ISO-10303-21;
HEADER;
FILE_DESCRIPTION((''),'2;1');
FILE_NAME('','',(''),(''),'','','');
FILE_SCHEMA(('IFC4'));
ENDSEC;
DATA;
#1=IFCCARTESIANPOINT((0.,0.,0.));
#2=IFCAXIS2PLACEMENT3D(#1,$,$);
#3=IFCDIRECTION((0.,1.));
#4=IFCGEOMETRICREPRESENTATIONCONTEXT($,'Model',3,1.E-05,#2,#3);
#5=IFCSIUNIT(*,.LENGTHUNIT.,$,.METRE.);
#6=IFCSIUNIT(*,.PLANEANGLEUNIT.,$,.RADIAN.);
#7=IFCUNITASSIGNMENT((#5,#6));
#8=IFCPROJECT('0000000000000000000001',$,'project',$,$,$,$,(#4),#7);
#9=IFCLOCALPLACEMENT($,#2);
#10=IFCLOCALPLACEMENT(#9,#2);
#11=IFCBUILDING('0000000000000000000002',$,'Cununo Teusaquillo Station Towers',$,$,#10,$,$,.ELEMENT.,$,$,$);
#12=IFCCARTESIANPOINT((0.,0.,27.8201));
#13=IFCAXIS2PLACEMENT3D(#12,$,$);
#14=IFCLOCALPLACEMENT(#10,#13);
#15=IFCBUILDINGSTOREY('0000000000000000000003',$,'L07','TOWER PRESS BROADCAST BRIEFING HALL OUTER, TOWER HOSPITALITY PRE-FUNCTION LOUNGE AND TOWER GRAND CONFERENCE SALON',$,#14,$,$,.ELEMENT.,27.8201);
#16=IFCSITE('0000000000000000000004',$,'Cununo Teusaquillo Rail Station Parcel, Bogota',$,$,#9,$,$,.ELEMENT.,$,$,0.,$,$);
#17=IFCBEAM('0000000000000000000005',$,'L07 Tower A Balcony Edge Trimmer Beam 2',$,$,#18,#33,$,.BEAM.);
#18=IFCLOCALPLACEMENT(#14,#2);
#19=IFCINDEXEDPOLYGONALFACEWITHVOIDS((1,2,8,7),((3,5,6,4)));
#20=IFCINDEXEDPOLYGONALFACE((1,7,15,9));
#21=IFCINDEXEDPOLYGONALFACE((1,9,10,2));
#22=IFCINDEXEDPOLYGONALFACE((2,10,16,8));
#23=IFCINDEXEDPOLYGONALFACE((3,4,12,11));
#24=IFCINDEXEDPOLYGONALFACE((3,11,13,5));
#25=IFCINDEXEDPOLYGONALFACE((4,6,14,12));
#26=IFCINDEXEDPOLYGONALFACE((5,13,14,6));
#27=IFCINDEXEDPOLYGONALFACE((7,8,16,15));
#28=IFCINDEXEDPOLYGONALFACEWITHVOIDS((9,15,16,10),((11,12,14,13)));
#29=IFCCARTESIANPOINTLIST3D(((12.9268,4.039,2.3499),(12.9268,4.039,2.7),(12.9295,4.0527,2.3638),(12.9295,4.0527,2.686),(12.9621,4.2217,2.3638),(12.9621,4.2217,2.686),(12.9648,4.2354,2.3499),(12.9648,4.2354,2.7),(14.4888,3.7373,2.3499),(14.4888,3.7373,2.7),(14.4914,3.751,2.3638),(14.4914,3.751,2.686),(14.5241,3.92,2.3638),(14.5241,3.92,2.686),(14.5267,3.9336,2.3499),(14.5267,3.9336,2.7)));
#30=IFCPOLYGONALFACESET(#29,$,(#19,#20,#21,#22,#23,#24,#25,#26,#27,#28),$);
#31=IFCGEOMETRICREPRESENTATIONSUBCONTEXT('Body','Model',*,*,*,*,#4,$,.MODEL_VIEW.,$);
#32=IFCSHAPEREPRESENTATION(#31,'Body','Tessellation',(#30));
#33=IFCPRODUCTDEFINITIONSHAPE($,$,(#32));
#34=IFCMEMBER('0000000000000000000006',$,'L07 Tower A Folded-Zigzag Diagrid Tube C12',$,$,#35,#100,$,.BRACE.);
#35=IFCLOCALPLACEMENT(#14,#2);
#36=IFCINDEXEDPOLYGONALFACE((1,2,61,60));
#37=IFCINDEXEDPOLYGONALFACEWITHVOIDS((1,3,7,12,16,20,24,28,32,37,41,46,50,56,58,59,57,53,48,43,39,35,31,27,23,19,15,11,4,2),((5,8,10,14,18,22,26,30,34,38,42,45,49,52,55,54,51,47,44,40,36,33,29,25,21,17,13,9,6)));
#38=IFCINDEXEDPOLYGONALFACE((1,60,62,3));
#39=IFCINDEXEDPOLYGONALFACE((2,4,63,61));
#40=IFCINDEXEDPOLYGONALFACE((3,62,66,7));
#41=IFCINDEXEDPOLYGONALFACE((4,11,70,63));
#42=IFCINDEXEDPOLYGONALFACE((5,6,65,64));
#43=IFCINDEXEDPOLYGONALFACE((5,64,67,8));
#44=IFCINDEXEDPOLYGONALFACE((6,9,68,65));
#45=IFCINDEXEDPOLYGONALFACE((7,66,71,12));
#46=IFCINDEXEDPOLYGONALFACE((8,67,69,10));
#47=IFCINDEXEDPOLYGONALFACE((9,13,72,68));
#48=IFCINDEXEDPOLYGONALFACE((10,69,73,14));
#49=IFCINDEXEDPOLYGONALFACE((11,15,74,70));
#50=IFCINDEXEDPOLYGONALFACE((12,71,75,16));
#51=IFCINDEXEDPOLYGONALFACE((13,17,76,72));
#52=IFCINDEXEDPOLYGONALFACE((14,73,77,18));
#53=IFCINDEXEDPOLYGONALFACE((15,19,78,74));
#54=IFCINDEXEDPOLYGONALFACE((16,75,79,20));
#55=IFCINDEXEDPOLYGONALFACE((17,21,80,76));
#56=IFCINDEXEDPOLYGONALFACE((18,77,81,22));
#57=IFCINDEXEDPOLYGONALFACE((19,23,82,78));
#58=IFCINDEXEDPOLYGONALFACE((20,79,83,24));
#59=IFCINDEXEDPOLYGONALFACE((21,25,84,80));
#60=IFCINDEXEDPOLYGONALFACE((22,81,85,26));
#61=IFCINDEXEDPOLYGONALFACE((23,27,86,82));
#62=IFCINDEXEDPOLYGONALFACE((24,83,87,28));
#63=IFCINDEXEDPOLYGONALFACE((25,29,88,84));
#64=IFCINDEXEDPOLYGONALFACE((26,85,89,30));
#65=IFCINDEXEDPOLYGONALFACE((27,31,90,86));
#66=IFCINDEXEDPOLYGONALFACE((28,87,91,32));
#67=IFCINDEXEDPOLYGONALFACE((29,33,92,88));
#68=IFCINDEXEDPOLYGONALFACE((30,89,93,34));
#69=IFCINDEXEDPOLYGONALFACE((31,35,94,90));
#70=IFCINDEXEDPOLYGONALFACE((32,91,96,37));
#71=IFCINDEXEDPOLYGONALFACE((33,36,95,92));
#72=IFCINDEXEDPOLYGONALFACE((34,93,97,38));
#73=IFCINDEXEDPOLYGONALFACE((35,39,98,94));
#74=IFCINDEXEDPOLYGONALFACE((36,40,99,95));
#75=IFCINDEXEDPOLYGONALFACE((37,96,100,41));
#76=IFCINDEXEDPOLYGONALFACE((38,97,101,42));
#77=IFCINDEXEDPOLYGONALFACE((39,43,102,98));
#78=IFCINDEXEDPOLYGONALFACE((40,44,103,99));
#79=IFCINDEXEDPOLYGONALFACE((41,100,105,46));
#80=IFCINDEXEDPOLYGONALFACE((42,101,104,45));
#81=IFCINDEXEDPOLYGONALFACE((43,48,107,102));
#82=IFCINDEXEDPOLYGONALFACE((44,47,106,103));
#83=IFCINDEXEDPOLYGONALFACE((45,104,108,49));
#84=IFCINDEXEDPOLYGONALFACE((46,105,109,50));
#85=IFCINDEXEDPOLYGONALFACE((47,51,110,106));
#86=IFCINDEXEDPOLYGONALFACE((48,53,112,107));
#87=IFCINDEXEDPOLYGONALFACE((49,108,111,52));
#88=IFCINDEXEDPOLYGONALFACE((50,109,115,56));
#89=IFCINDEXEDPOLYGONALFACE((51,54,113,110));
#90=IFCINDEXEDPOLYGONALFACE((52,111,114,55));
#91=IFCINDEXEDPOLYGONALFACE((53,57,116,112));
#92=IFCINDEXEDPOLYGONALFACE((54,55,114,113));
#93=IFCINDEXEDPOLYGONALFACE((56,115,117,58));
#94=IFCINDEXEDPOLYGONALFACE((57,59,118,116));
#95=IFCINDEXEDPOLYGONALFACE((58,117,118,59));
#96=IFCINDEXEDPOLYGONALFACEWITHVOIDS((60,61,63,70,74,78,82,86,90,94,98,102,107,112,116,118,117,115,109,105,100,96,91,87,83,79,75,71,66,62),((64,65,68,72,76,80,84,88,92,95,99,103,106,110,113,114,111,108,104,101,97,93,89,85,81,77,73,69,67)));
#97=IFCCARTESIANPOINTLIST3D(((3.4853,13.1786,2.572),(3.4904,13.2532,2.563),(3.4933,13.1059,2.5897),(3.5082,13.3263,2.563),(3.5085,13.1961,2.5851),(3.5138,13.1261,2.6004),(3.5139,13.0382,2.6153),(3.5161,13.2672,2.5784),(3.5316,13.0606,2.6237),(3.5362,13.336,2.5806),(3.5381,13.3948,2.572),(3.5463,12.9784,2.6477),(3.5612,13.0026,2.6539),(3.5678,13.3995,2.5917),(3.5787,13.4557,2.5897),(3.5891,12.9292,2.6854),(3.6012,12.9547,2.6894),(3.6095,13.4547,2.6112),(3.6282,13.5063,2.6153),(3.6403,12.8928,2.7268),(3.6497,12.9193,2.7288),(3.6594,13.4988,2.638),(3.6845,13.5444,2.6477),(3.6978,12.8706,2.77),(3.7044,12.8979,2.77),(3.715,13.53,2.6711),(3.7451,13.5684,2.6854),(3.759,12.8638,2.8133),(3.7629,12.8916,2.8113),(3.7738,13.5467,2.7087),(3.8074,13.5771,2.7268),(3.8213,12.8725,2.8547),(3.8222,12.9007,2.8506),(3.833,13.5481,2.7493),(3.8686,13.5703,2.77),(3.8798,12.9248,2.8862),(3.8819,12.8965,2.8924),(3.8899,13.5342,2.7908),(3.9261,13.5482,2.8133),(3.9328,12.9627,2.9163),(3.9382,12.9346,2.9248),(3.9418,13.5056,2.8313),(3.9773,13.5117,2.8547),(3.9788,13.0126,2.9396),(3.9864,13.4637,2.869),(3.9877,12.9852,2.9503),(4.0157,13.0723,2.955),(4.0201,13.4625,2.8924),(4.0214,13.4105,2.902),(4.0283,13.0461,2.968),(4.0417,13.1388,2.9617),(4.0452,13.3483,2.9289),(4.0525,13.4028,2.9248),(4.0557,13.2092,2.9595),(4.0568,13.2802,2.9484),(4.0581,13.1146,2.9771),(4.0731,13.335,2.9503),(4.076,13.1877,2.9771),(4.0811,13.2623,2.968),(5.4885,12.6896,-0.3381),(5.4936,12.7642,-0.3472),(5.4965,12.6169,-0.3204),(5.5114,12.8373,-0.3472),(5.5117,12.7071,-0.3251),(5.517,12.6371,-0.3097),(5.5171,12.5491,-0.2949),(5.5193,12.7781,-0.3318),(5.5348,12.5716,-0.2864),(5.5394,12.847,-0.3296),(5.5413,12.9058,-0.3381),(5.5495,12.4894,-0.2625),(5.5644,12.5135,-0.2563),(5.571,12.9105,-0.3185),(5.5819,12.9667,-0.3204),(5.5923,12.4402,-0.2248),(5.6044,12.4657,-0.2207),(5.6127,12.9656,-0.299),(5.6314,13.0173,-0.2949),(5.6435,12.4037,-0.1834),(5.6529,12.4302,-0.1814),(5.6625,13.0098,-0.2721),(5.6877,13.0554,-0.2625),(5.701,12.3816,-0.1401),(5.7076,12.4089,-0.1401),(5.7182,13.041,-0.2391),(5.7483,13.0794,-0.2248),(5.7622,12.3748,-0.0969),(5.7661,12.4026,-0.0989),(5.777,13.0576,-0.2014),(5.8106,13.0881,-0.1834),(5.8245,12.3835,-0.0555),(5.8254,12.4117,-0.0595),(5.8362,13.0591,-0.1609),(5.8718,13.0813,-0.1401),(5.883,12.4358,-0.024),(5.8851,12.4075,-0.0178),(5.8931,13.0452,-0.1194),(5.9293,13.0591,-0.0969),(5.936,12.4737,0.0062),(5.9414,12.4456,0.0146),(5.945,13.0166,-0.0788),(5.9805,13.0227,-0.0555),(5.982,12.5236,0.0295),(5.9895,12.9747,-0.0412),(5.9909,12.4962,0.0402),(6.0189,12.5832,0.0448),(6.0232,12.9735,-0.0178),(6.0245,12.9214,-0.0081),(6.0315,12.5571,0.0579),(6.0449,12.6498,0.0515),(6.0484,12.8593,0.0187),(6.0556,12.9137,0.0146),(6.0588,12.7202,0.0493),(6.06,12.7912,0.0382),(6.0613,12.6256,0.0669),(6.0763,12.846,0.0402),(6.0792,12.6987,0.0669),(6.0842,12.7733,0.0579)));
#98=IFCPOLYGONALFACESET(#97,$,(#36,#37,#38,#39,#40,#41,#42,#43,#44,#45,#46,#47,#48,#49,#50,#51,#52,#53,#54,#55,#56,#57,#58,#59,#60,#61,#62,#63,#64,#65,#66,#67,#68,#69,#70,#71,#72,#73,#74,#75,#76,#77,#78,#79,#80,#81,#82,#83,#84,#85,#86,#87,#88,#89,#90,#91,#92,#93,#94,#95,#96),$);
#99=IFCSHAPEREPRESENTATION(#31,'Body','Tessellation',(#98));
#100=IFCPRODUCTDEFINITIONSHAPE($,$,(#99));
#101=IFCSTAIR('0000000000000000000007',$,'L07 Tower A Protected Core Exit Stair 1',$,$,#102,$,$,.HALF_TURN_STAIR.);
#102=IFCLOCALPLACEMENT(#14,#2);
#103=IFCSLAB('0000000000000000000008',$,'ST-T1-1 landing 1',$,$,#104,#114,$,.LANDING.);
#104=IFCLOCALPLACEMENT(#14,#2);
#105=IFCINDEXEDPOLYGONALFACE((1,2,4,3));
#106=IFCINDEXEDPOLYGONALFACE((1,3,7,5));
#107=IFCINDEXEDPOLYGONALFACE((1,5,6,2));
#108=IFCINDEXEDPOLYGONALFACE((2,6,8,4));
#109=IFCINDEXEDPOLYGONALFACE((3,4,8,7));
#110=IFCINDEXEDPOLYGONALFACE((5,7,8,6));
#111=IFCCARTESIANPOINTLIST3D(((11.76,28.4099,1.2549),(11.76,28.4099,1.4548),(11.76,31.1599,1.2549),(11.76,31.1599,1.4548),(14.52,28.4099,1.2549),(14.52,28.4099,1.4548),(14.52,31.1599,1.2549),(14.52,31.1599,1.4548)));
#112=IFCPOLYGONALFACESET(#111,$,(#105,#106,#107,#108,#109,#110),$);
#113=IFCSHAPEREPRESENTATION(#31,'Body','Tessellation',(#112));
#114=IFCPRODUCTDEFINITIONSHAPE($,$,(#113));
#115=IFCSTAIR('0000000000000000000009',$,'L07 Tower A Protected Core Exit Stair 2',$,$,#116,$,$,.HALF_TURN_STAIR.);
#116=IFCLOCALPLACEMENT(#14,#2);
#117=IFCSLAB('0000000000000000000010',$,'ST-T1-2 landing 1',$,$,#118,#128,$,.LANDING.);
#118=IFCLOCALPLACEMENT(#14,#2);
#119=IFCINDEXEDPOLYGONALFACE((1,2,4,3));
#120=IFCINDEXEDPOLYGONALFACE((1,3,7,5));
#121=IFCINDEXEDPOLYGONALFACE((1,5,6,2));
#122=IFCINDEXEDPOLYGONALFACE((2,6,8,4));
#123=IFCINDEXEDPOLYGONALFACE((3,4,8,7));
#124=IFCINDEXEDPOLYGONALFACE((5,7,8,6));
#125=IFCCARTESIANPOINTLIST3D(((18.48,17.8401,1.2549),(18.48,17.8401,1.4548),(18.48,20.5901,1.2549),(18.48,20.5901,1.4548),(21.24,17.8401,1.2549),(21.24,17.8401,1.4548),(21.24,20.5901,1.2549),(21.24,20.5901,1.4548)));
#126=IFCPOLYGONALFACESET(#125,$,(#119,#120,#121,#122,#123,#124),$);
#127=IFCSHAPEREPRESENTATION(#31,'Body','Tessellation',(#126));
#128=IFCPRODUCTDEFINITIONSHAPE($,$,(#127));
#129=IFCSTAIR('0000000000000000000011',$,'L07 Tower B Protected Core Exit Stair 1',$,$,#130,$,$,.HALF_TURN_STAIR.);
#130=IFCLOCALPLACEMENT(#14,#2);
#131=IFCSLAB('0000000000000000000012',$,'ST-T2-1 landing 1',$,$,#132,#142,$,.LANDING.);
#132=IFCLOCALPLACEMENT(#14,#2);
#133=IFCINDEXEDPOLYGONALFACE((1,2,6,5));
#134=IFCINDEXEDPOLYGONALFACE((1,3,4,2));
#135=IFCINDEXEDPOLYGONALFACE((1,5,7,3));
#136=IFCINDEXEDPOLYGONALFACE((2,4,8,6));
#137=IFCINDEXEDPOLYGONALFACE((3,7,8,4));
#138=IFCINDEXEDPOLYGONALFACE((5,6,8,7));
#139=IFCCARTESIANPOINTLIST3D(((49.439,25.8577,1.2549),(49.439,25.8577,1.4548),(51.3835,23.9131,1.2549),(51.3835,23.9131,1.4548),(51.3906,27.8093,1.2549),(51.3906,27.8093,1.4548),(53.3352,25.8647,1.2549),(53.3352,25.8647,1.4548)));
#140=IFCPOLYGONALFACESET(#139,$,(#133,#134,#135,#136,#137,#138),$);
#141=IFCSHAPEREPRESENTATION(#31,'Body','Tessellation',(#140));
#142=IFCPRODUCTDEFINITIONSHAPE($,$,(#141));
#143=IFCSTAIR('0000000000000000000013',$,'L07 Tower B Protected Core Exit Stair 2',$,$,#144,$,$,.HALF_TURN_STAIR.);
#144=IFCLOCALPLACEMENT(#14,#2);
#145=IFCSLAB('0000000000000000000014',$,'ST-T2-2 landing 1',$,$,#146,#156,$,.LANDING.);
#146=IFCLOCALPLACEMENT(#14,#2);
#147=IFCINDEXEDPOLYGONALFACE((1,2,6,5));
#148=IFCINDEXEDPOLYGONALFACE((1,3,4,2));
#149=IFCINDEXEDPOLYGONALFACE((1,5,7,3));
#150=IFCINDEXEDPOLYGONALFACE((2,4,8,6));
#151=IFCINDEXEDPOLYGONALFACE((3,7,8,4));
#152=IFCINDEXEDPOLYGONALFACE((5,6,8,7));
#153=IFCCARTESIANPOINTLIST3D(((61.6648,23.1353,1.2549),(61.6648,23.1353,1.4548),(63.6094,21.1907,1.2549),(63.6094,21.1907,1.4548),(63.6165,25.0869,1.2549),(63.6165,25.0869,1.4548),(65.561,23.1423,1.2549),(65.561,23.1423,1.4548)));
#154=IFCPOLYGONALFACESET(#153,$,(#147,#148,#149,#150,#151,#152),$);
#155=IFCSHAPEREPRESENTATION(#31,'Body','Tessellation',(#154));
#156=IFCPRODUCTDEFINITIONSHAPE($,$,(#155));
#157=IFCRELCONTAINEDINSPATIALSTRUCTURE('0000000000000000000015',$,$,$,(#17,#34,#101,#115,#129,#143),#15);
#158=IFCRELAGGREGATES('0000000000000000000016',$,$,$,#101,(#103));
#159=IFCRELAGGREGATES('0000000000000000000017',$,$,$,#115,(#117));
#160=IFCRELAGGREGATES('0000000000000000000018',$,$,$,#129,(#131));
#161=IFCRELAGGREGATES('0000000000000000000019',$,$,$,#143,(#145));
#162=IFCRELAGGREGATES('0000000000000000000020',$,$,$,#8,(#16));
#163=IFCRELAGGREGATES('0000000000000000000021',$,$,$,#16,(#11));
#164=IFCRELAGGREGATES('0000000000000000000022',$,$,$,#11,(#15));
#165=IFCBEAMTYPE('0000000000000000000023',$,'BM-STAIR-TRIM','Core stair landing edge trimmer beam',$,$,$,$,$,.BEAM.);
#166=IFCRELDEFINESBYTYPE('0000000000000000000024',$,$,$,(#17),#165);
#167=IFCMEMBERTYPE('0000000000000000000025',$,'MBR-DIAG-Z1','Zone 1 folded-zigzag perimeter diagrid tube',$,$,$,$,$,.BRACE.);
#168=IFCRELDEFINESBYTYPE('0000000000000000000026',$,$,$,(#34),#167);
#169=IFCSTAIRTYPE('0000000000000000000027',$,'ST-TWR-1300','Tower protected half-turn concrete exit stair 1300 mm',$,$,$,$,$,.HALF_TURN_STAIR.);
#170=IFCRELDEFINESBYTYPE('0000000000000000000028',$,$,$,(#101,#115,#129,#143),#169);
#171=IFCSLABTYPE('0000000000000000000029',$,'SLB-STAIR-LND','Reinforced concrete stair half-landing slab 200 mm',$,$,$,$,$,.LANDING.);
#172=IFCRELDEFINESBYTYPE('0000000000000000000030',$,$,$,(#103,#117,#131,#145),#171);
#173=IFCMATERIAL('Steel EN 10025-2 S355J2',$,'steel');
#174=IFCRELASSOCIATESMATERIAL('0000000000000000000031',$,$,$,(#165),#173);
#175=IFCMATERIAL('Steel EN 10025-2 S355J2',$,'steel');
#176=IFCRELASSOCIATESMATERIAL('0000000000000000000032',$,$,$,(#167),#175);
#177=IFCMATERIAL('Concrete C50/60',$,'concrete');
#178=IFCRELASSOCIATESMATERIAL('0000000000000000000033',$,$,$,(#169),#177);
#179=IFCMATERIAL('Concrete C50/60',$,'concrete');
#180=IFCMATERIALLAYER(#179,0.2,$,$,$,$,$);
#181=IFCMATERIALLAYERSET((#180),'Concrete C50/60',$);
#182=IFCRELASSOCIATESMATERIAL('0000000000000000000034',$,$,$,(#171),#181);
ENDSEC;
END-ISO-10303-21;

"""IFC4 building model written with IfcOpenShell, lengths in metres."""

from ifc_helpers import new_model, si_unit, direction, frame, origin, origin_2d, place, context, subcontext, project, spatial, polyline, hollow_rectangle, hollow_circle, outline, extrude, material, layer, layer_set, material_profile, profile_set, type_object, element, aggregate, save


model = new_model("IFC4")

# Units and contexts
model_context = context("Model", 3, precision=1e-05, world=origin(), true_north=direction((0.0, 1.0)))
body_context = subcontext(model_context, "Body", "Model", "MODEL_VIEW")
ifc_project = project(units=[si_unit("LENGTHUNIT", "METRE"), si_unit("PLANEANGLEUNIT", "RADIAN")], contexts=[model_context])

# Site, building, storey
site_placement = place(None, origin())
site = spatial("IfcSite", under=ifc_project, at=site_placement, Name="Cununo Teusaquillo Rail Station Parcel, Bogota", CompositionType="ELEMENT", RefElevation=0.0)
building_placement = place(site_placement, origin())
building = spatial("IfcBuilding", under=site, at=building_placement, Name="Cununo Teusaquillo Station Towers", CompositionType="ELEMENT")
storey_placement = place(building_placement, frame((0.0, 0.0, 27.8201)))
storey = spatial("IfcBuildingStorey", under=building, at=storey_placement, Name="L07", Description="TOWER PRESS BROADCAST BRIEFING HALL OUTER, TOWER HOSPITALITY PRE-FUNCTION LOUNGE AND TOWER GRAND CONFERENCE SALON", CompositionType="ELEMENT", Elevation=27.8201)

# Beam
ifc_material_1 = material(Name="Steel EN 10025-2 S355J2", Category="steel")
ifc_material_profile_1 = material_profile(ifc_material_1, hollow_rectangle(XDim=0.2, YDim=0.3501, WallThickness=0.0139, at=origin_2d()), Name="RHS 350x200x14")
ifc_profile_set_1 = profile_set([ifc_material_profile_1], Name="Steel EN 10025-2 S355J2")
beam_type_1 = type_object("IfcBeamType", Name="BM-STAIR-TRIM", Description="Core stair landing edge trimmer beam", PredefinedType="BEAM", material=ifc_profile_set_1)
beam_1_placement = place(storey_placement, frame((12.9458, 4.1372, 2.5249), z_axis=(0.981846, -0.189678, 0.0), x_axis=(0.189678, 0.981846, 0.0)))
element("IfcBeam", 1, at=beam_1_placement, inside=storey, type_object=beam_type_1, Name="L07 Tower A Balcony Edge Trimmer Beam 2", PredefinedType="BEAM", context=body_context, shape_type="SweptSolid", body=[
    extrude(hollow_rectangle(XDim=0.2, YDim=0.3501, WallThickness=0.0139, at=origin_2d()), origin(), (0.0, 0.0, 1.0), 1.5908),
])

# Member
ifc_material_2 = material(Name="Steel EN 10025-2 S355J2", Category="steel")
ifc_material_profile_2 = material_profile(ifc_material_2, hollow_circle(Radius=0.3601, WallThickness=0.0281, at=origin_2d()), Name="CHS 720x28")
ifc_profile_set_2 = profile_set([ifc_material_profile_2], Name="Steel EN 10025-2 S355J2")
member_type = type_object("IfcMemberType", Name="MBR-DIAG-Z1", Description="Zone 1 folded-zigzag perimeter diagrid tube", PredefinedType="BRACE", material=ifc_profile_set_2)
member_placement = place(storey_placement, frame((5.7864, 12.7314, -0.1401), z_axis=(-0.561643, 0.137108, 0.81594), x_axis=(-0.237155, -0.971472, 0.0)))
element("IfcMember", 2, at=member_placement, inside=storey, type_object=member_type, Name="L07 Tower A Folded-Zigzag Diagrid Tube C12", PredefinedType="BRACE", context=body_context, shape_type="SweptSolid", body=[
    extrude(hollow_circle(Radius=0.3601, WallThickness=0.0281, at=origin_2d()), origin(), (0.0, 0.0, 1.0), 3.5667),
])

# Stairs, slabs
ifc_material_3 = material(Name="Concrete C50/60", Category="concrete")
stair_type = type_object("IfcStairType", Name="ST-TWR-1300", Description="Tower protected half-turn concrete exit stair 1300 mm", PredefinedType="HALF_TURN_STAIR", material=ifc_material_3)
stair_1_placement = place(storey_placement, origin())
stair_1 = element("IfcStair", 3, at=stair_1_placement, inside=storey, type_object=stair_type, Name="L07 Tower A Protected Core Exit Stair 1", PredefinedType="HALF_TURN_STAIR")
ifc_material_4 = material(Name="Concrete C50/60", Category="concrete")
ifc_layer_1 = layer(ifc_material_4, 0.2)
ifc_layer_set_1 = layer_set([ifc_layer_1], Name="Concrete C50/60")
slab_type_1 = type_object("IfcSlabType", Name="SLB-STAIR-LND", Description="Reinforced concrete stair half-landing slab 200 mm", PredefinedType="LANDING", material=ifc_layer_set_1)
slab_1_placement = place(storey_placement, frame((0.0, 0.0, 1.2549)))
slab_1 = element("IfcSlab", 4, at=slab_1_placement, type_object=slab_type_1, Name="ST-T1-1 landing 1", PredefinedType="LANDING", context=body_context, shape_type="SweptSolid", body=[
    extrude(outline(polyline([(14.52, 28.4099), (14.52, 31.1599), (11.76, 31.1599), (11.76, 28.4099), (14.52, 28.4099)])), origin(), (0.0, 0.0, 1.0), 0.2),
])
aggregate(stair_1, [slab_1])
stair_2_placement = place(storey_placement, origin())
stair_2 = element("IfcStair", 5, at=stair_2_placement, inside=storey, type_object=stair_type, Name="L07 Tower A Protected Core Exit Stair 2", PredefinedType="HALF_TURN_STAIR")
slab_2_placement = place(storey_placement, frame((0.0, 0.0, 1.2549)))
slab_2 = element("IfcSlab", 6, at=slab_2_placement, type_object=slab_type_1, Name="ST-T1-2 landing 1", PredefinedType="LANDING", context=body_context, shape_type="SweptSolid", body=[
    extrude(outline(polyline([(18.48, 20.5901), (18.48, 17.8401), (21.24, 17.8401), (21.24, 20.5901), (18.48, 20.5901)])), origin(), (0.0, 0.0, 1.0), 0.2),
])
aggregate(stair_2, [slab_2])
stair_3_placement = place(storey_placement, origin())
stair_3 = element("IfcStair", 7, at=stair_3_placement, inside=storey, type_object=stair_type, Name="L07 Tower B Protected Core Exit Stair 1", PredefinedType="HALF_TURN_STAIR")
slab_3_placement = place(storey_placement, frame((0.0, 0.0, 1.2549)))
slab_3 = element("IfcSlab", 8, at=slab_3_placement, type_object=slab_type_1, Name="ST-T2-1 landing 1", PredefinedType="LANDING", context=body_context, shape_type="SweptSolid", body=[
    extrude(outline(polyline([(53.3352, 25.8647), (51.3906, 27.8093), (49.439, 25.8577), (51.3835, 23.9131), (53.3352, 25.8647)])), origin(), (0.0, 0.0, 1.0), 0.2),
])
aggregate(stair_3, [slab_3])
stair_4_placement = place(storey_placement, origin())
stair_4 = element("IfcStair", 9, at=stair_4_placement, inside=storey, type_object=stair_type, Name="L07 Tower B Protected Core Exit Stair 2", PredefinedType="HALF_TURN_STAIR")
slab_4_placement = place(storey_placement, frame((0.0, 0.0, 1.2549)))
slab_4 = element("IfcSlab", 10, at=slab_4_placement, type_object=slab_type_1, Name="ST-T2-2 landing 1", PredefinedType="LANDING", context=body_context, shape_type="SweptSolid", body=[
    extrude(outline(polyline([(61.6648, 23.1353), (63.6094, 21.1907), (65.561, 23.1423), (63.6165, 25.0869), (61.6648, 23.1353)])), origin(), (0.0, 0.0, 1.0), 0.2),
])
aggregate(stair_4, [slab_4])

save(model, "model.ifc")
